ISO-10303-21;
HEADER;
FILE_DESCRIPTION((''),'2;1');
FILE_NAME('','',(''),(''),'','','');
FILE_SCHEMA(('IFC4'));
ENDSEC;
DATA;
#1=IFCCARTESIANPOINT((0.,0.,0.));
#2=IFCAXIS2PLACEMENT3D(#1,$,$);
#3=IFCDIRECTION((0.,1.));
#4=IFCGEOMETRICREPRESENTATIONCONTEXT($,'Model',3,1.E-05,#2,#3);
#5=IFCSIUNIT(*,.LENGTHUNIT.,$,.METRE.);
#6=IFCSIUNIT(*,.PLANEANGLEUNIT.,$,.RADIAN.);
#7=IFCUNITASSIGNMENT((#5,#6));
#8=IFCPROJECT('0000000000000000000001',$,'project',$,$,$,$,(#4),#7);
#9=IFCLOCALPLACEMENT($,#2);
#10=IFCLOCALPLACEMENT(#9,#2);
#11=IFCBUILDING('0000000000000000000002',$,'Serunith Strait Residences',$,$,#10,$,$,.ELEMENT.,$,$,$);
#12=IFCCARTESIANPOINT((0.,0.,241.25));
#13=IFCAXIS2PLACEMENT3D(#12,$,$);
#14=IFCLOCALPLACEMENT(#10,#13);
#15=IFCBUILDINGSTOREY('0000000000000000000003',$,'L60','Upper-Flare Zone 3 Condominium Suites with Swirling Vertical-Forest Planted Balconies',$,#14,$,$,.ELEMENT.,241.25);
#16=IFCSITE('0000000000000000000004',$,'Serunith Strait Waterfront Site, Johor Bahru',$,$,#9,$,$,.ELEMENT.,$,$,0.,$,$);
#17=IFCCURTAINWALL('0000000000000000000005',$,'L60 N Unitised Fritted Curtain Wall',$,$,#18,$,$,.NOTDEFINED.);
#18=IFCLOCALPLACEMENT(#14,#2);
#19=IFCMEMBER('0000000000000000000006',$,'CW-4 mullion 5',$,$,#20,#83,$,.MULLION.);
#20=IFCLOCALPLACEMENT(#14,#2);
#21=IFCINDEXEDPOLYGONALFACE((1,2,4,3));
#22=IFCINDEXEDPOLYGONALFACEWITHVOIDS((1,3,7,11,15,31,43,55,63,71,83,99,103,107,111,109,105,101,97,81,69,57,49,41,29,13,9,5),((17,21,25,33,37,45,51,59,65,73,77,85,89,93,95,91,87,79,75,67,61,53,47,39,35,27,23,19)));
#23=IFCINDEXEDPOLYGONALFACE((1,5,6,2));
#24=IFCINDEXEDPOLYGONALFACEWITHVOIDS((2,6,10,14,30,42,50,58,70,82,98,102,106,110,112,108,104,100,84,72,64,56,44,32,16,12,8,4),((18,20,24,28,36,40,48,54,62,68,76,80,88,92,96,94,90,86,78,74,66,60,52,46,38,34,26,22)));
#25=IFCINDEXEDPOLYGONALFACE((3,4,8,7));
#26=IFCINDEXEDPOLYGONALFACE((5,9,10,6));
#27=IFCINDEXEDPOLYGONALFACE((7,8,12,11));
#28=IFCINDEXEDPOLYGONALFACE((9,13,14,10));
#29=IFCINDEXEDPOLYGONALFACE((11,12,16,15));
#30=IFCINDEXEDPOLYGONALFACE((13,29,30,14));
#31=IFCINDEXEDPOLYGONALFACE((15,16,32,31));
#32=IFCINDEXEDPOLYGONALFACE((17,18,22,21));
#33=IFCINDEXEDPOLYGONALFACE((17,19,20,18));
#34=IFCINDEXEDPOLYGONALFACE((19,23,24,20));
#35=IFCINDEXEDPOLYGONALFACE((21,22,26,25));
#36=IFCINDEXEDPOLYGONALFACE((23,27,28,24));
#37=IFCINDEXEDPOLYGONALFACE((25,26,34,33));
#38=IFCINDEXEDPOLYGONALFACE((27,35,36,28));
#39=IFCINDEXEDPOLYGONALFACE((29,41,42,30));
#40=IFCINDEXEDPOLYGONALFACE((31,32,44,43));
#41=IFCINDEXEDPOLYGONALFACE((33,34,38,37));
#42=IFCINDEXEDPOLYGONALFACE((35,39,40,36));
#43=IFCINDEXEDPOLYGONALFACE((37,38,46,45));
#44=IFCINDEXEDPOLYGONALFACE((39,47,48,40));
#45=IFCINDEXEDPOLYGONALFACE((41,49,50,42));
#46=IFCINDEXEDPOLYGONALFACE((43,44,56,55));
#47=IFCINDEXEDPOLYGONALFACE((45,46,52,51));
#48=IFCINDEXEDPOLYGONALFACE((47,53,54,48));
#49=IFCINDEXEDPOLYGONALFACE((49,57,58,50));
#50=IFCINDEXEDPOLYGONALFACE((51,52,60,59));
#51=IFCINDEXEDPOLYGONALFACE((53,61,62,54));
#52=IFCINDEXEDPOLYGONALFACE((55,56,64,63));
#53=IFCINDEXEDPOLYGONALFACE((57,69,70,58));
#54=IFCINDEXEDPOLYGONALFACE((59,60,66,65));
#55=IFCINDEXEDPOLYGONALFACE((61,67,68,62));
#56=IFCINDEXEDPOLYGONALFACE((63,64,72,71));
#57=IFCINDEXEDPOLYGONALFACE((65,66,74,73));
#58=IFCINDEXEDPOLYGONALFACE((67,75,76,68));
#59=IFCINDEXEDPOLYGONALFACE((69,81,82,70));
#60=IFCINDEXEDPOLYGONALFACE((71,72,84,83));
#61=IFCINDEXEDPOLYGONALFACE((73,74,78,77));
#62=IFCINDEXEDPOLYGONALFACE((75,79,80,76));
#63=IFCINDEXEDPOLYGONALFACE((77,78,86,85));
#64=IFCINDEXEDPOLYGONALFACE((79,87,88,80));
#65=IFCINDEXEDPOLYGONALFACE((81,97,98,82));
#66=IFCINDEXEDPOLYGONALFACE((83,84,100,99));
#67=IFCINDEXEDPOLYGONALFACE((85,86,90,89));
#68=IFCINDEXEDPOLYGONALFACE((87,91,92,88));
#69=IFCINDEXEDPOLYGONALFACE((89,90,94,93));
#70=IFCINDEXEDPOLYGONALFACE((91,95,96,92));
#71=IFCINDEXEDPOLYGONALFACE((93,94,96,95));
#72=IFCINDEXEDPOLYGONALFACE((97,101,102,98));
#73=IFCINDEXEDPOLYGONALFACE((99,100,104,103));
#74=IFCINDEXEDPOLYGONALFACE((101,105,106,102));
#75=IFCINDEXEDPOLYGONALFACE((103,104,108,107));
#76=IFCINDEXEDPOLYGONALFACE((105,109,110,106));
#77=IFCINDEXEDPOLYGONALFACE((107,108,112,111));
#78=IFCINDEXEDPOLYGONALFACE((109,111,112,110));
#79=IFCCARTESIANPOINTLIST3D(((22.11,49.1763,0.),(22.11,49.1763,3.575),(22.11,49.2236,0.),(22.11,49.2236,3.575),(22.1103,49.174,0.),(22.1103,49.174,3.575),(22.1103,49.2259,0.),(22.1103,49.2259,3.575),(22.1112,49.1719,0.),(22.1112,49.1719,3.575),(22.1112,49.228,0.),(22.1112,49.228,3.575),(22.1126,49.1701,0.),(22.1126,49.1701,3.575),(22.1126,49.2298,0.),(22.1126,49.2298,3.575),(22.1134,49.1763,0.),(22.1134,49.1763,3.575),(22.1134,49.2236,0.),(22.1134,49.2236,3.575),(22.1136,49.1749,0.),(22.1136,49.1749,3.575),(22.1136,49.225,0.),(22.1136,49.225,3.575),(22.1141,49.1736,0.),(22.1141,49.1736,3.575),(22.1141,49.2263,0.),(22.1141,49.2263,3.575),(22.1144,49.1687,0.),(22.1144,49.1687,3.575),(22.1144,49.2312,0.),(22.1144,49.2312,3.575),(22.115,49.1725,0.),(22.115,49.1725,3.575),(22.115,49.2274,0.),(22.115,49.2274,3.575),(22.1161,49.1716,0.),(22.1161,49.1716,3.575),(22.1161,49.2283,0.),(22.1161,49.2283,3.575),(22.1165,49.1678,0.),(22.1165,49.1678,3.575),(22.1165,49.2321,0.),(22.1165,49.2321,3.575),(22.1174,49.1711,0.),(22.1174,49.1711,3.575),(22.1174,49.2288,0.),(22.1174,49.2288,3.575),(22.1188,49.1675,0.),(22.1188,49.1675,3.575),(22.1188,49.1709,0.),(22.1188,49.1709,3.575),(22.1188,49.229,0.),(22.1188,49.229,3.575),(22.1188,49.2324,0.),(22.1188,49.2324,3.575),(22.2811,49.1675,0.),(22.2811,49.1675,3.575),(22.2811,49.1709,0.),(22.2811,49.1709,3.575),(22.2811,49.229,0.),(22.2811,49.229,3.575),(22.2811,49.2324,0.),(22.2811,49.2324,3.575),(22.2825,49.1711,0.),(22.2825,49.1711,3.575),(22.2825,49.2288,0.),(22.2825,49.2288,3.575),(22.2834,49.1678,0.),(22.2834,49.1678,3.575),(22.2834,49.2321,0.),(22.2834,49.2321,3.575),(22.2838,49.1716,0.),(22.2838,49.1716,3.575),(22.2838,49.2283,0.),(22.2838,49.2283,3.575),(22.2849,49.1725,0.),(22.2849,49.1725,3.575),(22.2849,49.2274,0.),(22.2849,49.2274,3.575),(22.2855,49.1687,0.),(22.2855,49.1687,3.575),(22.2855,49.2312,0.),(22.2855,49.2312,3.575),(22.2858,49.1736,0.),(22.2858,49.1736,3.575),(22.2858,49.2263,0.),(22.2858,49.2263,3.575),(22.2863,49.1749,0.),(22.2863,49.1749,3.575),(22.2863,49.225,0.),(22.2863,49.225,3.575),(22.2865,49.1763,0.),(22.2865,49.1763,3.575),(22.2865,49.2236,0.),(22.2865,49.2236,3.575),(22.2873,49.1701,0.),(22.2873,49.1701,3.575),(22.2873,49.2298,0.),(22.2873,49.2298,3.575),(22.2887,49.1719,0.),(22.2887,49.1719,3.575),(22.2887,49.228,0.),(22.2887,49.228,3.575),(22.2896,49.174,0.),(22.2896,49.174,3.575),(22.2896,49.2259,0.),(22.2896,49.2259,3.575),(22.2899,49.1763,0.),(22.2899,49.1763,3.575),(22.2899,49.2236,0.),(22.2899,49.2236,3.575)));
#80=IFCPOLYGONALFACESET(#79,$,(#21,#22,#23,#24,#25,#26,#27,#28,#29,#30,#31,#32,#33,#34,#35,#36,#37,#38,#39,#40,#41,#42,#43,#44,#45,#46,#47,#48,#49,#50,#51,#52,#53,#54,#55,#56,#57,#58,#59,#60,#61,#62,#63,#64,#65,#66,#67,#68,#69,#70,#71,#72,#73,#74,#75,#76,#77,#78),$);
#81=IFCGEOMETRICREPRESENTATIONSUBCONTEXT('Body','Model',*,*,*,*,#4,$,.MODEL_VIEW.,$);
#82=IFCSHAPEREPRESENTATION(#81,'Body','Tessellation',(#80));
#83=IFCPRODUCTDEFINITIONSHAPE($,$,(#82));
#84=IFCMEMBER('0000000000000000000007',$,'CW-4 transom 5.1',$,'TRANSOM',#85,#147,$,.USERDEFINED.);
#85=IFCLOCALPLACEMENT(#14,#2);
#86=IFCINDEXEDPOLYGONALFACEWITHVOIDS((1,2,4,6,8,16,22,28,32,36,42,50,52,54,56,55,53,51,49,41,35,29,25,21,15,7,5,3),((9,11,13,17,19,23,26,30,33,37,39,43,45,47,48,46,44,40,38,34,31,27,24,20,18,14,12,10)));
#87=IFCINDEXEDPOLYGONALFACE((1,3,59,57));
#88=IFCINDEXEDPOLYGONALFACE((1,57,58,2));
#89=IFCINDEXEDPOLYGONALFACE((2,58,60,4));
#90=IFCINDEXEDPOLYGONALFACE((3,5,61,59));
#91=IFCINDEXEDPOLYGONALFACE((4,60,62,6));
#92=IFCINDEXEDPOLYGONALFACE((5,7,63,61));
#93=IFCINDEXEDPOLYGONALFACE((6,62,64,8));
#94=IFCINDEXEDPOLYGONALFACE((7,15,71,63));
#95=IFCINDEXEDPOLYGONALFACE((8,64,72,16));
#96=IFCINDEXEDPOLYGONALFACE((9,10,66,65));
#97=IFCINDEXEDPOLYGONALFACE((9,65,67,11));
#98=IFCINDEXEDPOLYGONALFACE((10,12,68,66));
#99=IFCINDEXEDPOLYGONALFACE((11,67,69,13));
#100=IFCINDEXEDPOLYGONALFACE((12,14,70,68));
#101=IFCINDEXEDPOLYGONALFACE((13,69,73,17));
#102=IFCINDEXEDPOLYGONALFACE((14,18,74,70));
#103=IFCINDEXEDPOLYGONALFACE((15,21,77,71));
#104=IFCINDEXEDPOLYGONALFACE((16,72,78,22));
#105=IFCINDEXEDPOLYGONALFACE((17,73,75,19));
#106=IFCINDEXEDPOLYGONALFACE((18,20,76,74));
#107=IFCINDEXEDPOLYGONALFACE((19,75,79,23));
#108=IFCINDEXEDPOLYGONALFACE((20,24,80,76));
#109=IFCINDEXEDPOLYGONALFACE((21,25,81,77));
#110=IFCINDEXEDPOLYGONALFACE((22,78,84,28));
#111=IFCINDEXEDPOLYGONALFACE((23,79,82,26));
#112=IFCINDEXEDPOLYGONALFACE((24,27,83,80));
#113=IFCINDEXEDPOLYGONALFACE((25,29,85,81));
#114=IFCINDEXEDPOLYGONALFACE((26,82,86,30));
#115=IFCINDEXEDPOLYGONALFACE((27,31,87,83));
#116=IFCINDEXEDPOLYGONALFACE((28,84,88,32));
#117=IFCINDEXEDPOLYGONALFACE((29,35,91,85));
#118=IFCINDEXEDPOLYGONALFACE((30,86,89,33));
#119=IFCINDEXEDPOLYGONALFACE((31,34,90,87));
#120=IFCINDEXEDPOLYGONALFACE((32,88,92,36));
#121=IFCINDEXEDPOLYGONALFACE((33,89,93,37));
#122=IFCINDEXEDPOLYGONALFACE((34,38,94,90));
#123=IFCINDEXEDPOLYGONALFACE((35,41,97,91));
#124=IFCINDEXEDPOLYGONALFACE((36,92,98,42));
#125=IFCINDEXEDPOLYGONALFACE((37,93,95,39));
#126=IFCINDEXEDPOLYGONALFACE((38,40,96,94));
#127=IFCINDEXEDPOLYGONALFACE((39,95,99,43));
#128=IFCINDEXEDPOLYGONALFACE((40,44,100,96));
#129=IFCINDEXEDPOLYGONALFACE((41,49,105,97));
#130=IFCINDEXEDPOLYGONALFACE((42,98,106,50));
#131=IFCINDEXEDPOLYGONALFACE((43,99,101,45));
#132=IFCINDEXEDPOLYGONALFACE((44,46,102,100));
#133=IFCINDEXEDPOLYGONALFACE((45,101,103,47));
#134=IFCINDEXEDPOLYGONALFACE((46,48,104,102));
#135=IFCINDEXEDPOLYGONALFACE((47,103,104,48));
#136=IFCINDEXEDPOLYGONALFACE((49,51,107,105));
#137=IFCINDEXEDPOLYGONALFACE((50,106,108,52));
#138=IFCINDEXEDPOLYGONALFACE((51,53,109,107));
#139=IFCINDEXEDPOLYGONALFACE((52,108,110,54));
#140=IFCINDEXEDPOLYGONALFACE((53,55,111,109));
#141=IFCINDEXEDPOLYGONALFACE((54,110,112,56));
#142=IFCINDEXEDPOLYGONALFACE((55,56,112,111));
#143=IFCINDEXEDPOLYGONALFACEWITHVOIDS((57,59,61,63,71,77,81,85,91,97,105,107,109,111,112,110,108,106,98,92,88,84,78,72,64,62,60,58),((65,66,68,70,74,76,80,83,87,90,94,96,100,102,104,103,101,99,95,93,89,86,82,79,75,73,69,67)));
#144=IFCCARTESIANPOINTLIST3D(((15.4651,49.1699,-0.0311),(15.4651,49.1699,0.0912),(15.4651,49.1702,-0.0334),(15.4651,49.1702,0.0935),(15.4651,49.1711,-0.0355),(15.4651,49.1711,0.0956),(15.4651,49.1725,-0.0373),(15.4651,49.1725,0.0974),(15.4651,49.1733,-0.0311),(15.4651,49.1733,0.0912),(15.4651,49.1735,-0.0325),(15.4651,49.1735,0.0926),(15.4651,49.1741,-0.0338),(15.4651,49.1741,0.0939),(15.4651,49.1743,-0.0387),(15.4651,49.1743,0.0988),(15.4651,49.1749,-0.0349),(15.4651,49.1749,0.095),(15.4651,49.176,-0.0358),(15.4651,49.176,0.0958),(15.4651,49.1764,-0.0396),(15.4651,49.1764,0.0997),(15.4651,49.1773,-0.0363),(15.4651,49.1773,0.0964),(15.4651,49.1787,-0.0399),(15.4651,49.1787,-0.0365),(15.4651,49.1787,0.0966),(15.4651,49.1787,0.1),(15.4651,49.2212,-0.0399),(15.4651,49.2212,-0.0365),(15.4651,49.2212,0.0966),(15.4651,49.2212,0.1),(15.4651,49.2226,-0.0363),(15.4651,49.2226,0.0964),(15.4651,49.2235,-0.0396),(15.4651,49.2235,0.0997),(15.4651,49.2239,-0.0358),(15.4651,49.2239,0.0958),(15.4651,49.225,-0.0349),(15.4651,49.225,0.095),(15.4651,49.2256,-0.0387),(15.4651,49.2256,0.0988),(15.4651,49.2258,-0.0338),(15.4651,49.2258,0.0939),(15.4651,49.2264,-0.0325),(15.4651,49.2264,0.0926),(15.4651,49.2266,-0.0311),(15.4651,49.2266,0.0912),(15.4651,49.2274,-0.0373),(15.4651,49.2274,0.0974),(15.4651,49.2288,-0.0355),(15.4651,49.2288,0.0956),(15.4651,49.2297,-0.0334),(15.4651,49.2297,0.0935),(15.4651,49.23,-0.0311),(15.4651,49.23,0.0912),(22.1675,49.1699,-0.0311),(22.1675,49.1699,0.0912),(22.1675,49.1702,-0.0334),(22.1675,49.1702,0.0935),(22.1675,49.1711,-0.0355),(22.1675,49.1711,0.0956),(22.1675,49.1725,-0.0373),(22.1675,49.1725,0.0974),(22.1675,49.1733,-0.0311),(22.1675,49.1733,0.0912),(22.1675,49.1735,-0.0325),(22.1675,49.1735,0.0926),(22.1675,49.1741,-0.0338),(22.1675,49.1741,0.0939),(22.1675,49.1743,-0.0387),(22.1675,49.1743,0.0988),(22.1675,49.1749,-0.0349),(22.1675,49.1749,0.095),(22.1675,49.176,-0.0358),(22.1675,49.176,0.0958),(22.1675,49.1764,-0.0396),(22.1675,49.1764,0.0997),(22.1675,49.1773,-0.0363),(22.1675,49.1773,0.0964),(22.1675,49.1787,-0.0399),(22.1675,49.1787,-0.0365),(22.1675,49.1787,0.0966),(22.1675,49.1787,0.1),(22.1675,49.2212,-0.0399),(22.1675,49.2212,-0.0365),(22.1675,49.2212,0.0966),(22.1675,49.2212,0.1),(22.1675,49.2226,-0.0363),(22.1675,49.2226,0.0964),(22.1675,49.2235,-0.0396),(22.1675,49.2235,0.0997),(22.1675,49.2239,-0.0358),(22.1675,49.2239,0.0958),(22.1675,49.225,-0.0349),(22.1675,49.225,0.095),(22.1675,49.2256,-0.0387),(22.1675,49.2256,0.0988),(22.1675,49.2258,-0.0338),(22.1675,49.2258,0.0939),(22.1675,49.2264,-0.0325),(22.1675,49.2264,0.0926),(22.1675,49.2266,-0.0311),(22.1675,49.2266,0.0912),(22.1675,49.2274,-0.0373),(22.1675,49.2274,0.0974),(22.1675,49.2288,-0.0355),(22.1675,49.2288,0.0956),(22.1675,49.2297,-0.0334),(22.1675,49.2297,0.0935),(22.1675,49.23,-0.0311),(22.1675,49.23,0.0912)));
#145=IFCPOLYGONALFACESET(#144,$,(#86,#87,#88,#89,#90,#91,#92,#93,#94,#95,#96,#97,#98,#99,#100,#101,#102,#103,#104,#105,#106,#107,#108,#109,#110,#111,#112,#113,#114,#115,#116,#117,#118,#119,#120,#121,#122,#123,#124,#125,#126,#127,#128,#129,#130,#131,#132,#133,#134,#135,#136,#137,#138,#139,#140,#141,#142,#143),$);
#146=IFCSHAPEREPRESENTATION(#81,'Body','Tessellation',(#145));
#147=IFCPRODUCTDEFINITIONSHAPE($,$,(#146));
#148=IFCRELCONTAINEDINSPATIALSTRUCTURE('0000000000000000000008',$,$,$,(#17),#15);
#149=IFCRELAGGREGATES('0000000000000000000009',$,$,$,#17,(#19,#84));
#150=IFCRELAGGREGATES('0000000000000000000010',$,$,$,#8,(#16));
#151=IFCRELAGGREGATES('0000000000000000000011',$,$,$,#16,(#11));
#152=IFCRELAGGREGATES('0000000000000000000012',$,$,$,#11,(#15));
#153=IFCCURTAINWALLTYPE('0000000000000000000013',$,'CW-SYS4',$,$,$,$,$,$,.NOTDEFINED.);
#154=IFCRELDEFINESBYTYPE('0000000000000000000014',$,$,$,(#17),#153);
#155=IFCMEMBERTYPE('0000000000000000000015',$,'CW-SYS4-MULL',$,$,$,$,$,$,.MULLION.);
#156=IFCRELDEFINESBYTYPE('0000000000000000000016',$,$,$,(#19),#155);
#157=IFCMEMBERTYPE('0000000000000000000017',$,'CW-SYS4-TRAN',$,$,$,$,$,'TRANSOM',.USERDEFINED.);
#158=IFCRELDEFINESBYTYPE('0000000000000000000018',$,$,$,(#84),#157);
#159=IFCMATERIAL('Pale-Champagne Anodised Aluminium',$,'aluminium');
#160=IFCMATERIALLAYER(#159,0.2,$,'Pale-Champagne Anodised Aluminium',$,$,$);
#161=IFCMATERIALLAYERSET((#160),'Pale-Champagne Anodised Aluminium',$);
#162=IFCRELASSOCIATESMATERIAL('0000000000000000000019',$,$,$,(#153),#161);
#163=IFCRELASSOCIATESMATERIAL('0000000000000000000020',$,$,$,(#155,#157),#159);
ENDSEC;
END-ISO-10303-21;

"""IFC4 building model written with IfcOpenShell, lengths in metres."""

from ifc_helpers import new_model, si_unit, direction, frame, origin, origin_2d, place, context, subcontext, project, spatial, hollow_rectangle, extrude, source, transform, mapped, material, layer, layer_set, material_profile, profile_set, type_object, element, aggregate, save


model = new_model("IFC4")

# Units and contexts
model_context = context("Model", 3, precision=1e-05, world=origin(), true_north=direction((0.0, 1.0)))
body_context = subcontext(model_context, "Body", "Model", "MODEL_VIEW")
ifc_project = project(units=[si_unit("LENGTHUNIT", "METRE"), si_unit("PLANEANGLEUNIT", "RADIAN")], contexts=[model_context])

# Site, building, storey
site_placement = place(None, origin())
site = spatial("IfcSite", under=ifc_project, at=site_placement, Name="Serunith Strait Waterfront Site, Johor Bahru", CompositionType="ELEMENT", RefElevation=0.0)
building_placement = place(site_placement, origin())
building = spatial("IfcBuilding", under=site, at=building_placement, Name="Serunith Strait Residences", CompositionType="ELEMENT")
storey_placement = place(building_placement, frame((0.0, 0.0, 241.25)))
storey = spatial("IfcBuildingStorey", under=building, at=storey_placement, Name="L60", Description="Upper-Flare Zone 3 Condominium Suites with Swirling Vertical-Forest Planted Balconies", CompositionType="ELEMENT", Elevation=241.25)

# Curtain wall, members
ifc_material_1 = material(Name="Pale-Champagne Anodised Aluminium", Category="aluminium")
ifc_layer_1 = layer(ifc_material_1, 0.2, Name="Pale-Champagne Anodised Aluminium")
ifc_layer_set_1 = layer_set([ifc_layer_1], Name="Pale-Champagne Anodised Aluminium")
curtain_wall_type = type_object("IfcCurtainWallType", Name="CW-SYS4", PredefinedType="NOTDEFINED", material=ifc_layer_set_1)
curtain_wall_placement = place(storey_placement, origin())
curtain_wall = element("IfcCurtainWall", 1, at=curtain_wall_placement, inside=storey, type_object=curtain_wall_type, Name="L60 N Unitised Fritted Curtain Wall", PredefinedType="NOTDEFINED")
ifc_material_profile_1 = material_profile(ifc_material_1, hollow_rectangle(XDim=0.0649, YDim=0.1799, WallThickness=0.0034, InnerFilletRadius=0.0054, OuterFilletRadius=0.0088, at=origin_2d()), Name="ALU 180x65x3.5")
ifc_profile_set_1 = profile_set([ifc_material_profile_1], Name="Pale-Champagne Anodised Aluminium")
member_type_1 = type_object("IfcMemberType", Name="CW-SYS4-MULL", PredefinedType="MULLION", material=ifc_profile_set_1)
shared_shape_1 = source(origin(), body_context, "Body", "SweptSolid", [
    extrude(hollow_rectangle(XDim=0.0649, YDim=0.1799, WallThickness=0.0034, InnerFilletRadius=0.0054, OuterFilletRadius=0.0088, at=origin_2d()), origin(), (0.0, 0.0, 1.0), 3.575),
])
member_1_placement = place(storey_placement, frame((22.2, 49.2, 0.0), z_axis=(0.0, 0.0, 1.0), x_axis=(0.0, -1.0, 0.0)))
member_1 = element("IfcMember", 2, at=member_1_placement, type_object=member_type_1, Name="CW-4 mullion 5", PredefinedType="MULLION", context=body_context, shape_type="MappedRepresentation", body=[
    mapped(shared_shape_1, transform((0.0, 0.0, 0.0), scale=1.0)),
])
ifc_material_profile_2 = material_profile(ifc_material_1, hollow_rectangle(XDim=0.0601, YDim=0.1399, WallThickness=0.0034, InnerFilletRadius=0.0054, OuterFilletRadius=0.0088, at=origin_2d()), Name="ALU 140x60x3.5")
ifc_profile_set_2 = profile_set([ifc_material_profile_2], Name="Pale-Champagne Anodised Aluminium")
member_type_2 = type_object("IfcMemberType", Name="CW-SYS4-TRAN", ElementType="TRANSOM", PredefinedType="USERDEFINED", material=ifc_profile_set_2)
shared_shape_2 = source(origin(), body_context, "Body", "SweptSolid", [
    extrude(hollow_rectangle(XDim=0.0601, YDim=0.1399, WallThickness=0.0034, InnerFilletRadius=0.0054, OuterFilletRadius=0.0088, at=origin_2d()), origin(), (0.0, 0.0, 1.0), 6.7024),
])
member_2_placement = place(storey_placement, frame((22.1675, 49.2, 0.03), z_axis=(-1.0, 0.0, 0.0), x_axis=(0.0, -1.0, 0.0)))
member_2 = element("IfcMember", 3, at=member_2_placement, type_object=member_type_2, Name="CW-4 transom 5.1", ObjectType="TRANSOM", PredefinedType="USERDEFINED", context=body_context, shape_type="MappedRepresentation", body=[
    mapped(shared_shape_2, transform((0.0, 0.0, 0.0), scale=1.0)),
])
aggregate(curtain_wall, [member_1, member_2])

save(model, "model.ifc")
